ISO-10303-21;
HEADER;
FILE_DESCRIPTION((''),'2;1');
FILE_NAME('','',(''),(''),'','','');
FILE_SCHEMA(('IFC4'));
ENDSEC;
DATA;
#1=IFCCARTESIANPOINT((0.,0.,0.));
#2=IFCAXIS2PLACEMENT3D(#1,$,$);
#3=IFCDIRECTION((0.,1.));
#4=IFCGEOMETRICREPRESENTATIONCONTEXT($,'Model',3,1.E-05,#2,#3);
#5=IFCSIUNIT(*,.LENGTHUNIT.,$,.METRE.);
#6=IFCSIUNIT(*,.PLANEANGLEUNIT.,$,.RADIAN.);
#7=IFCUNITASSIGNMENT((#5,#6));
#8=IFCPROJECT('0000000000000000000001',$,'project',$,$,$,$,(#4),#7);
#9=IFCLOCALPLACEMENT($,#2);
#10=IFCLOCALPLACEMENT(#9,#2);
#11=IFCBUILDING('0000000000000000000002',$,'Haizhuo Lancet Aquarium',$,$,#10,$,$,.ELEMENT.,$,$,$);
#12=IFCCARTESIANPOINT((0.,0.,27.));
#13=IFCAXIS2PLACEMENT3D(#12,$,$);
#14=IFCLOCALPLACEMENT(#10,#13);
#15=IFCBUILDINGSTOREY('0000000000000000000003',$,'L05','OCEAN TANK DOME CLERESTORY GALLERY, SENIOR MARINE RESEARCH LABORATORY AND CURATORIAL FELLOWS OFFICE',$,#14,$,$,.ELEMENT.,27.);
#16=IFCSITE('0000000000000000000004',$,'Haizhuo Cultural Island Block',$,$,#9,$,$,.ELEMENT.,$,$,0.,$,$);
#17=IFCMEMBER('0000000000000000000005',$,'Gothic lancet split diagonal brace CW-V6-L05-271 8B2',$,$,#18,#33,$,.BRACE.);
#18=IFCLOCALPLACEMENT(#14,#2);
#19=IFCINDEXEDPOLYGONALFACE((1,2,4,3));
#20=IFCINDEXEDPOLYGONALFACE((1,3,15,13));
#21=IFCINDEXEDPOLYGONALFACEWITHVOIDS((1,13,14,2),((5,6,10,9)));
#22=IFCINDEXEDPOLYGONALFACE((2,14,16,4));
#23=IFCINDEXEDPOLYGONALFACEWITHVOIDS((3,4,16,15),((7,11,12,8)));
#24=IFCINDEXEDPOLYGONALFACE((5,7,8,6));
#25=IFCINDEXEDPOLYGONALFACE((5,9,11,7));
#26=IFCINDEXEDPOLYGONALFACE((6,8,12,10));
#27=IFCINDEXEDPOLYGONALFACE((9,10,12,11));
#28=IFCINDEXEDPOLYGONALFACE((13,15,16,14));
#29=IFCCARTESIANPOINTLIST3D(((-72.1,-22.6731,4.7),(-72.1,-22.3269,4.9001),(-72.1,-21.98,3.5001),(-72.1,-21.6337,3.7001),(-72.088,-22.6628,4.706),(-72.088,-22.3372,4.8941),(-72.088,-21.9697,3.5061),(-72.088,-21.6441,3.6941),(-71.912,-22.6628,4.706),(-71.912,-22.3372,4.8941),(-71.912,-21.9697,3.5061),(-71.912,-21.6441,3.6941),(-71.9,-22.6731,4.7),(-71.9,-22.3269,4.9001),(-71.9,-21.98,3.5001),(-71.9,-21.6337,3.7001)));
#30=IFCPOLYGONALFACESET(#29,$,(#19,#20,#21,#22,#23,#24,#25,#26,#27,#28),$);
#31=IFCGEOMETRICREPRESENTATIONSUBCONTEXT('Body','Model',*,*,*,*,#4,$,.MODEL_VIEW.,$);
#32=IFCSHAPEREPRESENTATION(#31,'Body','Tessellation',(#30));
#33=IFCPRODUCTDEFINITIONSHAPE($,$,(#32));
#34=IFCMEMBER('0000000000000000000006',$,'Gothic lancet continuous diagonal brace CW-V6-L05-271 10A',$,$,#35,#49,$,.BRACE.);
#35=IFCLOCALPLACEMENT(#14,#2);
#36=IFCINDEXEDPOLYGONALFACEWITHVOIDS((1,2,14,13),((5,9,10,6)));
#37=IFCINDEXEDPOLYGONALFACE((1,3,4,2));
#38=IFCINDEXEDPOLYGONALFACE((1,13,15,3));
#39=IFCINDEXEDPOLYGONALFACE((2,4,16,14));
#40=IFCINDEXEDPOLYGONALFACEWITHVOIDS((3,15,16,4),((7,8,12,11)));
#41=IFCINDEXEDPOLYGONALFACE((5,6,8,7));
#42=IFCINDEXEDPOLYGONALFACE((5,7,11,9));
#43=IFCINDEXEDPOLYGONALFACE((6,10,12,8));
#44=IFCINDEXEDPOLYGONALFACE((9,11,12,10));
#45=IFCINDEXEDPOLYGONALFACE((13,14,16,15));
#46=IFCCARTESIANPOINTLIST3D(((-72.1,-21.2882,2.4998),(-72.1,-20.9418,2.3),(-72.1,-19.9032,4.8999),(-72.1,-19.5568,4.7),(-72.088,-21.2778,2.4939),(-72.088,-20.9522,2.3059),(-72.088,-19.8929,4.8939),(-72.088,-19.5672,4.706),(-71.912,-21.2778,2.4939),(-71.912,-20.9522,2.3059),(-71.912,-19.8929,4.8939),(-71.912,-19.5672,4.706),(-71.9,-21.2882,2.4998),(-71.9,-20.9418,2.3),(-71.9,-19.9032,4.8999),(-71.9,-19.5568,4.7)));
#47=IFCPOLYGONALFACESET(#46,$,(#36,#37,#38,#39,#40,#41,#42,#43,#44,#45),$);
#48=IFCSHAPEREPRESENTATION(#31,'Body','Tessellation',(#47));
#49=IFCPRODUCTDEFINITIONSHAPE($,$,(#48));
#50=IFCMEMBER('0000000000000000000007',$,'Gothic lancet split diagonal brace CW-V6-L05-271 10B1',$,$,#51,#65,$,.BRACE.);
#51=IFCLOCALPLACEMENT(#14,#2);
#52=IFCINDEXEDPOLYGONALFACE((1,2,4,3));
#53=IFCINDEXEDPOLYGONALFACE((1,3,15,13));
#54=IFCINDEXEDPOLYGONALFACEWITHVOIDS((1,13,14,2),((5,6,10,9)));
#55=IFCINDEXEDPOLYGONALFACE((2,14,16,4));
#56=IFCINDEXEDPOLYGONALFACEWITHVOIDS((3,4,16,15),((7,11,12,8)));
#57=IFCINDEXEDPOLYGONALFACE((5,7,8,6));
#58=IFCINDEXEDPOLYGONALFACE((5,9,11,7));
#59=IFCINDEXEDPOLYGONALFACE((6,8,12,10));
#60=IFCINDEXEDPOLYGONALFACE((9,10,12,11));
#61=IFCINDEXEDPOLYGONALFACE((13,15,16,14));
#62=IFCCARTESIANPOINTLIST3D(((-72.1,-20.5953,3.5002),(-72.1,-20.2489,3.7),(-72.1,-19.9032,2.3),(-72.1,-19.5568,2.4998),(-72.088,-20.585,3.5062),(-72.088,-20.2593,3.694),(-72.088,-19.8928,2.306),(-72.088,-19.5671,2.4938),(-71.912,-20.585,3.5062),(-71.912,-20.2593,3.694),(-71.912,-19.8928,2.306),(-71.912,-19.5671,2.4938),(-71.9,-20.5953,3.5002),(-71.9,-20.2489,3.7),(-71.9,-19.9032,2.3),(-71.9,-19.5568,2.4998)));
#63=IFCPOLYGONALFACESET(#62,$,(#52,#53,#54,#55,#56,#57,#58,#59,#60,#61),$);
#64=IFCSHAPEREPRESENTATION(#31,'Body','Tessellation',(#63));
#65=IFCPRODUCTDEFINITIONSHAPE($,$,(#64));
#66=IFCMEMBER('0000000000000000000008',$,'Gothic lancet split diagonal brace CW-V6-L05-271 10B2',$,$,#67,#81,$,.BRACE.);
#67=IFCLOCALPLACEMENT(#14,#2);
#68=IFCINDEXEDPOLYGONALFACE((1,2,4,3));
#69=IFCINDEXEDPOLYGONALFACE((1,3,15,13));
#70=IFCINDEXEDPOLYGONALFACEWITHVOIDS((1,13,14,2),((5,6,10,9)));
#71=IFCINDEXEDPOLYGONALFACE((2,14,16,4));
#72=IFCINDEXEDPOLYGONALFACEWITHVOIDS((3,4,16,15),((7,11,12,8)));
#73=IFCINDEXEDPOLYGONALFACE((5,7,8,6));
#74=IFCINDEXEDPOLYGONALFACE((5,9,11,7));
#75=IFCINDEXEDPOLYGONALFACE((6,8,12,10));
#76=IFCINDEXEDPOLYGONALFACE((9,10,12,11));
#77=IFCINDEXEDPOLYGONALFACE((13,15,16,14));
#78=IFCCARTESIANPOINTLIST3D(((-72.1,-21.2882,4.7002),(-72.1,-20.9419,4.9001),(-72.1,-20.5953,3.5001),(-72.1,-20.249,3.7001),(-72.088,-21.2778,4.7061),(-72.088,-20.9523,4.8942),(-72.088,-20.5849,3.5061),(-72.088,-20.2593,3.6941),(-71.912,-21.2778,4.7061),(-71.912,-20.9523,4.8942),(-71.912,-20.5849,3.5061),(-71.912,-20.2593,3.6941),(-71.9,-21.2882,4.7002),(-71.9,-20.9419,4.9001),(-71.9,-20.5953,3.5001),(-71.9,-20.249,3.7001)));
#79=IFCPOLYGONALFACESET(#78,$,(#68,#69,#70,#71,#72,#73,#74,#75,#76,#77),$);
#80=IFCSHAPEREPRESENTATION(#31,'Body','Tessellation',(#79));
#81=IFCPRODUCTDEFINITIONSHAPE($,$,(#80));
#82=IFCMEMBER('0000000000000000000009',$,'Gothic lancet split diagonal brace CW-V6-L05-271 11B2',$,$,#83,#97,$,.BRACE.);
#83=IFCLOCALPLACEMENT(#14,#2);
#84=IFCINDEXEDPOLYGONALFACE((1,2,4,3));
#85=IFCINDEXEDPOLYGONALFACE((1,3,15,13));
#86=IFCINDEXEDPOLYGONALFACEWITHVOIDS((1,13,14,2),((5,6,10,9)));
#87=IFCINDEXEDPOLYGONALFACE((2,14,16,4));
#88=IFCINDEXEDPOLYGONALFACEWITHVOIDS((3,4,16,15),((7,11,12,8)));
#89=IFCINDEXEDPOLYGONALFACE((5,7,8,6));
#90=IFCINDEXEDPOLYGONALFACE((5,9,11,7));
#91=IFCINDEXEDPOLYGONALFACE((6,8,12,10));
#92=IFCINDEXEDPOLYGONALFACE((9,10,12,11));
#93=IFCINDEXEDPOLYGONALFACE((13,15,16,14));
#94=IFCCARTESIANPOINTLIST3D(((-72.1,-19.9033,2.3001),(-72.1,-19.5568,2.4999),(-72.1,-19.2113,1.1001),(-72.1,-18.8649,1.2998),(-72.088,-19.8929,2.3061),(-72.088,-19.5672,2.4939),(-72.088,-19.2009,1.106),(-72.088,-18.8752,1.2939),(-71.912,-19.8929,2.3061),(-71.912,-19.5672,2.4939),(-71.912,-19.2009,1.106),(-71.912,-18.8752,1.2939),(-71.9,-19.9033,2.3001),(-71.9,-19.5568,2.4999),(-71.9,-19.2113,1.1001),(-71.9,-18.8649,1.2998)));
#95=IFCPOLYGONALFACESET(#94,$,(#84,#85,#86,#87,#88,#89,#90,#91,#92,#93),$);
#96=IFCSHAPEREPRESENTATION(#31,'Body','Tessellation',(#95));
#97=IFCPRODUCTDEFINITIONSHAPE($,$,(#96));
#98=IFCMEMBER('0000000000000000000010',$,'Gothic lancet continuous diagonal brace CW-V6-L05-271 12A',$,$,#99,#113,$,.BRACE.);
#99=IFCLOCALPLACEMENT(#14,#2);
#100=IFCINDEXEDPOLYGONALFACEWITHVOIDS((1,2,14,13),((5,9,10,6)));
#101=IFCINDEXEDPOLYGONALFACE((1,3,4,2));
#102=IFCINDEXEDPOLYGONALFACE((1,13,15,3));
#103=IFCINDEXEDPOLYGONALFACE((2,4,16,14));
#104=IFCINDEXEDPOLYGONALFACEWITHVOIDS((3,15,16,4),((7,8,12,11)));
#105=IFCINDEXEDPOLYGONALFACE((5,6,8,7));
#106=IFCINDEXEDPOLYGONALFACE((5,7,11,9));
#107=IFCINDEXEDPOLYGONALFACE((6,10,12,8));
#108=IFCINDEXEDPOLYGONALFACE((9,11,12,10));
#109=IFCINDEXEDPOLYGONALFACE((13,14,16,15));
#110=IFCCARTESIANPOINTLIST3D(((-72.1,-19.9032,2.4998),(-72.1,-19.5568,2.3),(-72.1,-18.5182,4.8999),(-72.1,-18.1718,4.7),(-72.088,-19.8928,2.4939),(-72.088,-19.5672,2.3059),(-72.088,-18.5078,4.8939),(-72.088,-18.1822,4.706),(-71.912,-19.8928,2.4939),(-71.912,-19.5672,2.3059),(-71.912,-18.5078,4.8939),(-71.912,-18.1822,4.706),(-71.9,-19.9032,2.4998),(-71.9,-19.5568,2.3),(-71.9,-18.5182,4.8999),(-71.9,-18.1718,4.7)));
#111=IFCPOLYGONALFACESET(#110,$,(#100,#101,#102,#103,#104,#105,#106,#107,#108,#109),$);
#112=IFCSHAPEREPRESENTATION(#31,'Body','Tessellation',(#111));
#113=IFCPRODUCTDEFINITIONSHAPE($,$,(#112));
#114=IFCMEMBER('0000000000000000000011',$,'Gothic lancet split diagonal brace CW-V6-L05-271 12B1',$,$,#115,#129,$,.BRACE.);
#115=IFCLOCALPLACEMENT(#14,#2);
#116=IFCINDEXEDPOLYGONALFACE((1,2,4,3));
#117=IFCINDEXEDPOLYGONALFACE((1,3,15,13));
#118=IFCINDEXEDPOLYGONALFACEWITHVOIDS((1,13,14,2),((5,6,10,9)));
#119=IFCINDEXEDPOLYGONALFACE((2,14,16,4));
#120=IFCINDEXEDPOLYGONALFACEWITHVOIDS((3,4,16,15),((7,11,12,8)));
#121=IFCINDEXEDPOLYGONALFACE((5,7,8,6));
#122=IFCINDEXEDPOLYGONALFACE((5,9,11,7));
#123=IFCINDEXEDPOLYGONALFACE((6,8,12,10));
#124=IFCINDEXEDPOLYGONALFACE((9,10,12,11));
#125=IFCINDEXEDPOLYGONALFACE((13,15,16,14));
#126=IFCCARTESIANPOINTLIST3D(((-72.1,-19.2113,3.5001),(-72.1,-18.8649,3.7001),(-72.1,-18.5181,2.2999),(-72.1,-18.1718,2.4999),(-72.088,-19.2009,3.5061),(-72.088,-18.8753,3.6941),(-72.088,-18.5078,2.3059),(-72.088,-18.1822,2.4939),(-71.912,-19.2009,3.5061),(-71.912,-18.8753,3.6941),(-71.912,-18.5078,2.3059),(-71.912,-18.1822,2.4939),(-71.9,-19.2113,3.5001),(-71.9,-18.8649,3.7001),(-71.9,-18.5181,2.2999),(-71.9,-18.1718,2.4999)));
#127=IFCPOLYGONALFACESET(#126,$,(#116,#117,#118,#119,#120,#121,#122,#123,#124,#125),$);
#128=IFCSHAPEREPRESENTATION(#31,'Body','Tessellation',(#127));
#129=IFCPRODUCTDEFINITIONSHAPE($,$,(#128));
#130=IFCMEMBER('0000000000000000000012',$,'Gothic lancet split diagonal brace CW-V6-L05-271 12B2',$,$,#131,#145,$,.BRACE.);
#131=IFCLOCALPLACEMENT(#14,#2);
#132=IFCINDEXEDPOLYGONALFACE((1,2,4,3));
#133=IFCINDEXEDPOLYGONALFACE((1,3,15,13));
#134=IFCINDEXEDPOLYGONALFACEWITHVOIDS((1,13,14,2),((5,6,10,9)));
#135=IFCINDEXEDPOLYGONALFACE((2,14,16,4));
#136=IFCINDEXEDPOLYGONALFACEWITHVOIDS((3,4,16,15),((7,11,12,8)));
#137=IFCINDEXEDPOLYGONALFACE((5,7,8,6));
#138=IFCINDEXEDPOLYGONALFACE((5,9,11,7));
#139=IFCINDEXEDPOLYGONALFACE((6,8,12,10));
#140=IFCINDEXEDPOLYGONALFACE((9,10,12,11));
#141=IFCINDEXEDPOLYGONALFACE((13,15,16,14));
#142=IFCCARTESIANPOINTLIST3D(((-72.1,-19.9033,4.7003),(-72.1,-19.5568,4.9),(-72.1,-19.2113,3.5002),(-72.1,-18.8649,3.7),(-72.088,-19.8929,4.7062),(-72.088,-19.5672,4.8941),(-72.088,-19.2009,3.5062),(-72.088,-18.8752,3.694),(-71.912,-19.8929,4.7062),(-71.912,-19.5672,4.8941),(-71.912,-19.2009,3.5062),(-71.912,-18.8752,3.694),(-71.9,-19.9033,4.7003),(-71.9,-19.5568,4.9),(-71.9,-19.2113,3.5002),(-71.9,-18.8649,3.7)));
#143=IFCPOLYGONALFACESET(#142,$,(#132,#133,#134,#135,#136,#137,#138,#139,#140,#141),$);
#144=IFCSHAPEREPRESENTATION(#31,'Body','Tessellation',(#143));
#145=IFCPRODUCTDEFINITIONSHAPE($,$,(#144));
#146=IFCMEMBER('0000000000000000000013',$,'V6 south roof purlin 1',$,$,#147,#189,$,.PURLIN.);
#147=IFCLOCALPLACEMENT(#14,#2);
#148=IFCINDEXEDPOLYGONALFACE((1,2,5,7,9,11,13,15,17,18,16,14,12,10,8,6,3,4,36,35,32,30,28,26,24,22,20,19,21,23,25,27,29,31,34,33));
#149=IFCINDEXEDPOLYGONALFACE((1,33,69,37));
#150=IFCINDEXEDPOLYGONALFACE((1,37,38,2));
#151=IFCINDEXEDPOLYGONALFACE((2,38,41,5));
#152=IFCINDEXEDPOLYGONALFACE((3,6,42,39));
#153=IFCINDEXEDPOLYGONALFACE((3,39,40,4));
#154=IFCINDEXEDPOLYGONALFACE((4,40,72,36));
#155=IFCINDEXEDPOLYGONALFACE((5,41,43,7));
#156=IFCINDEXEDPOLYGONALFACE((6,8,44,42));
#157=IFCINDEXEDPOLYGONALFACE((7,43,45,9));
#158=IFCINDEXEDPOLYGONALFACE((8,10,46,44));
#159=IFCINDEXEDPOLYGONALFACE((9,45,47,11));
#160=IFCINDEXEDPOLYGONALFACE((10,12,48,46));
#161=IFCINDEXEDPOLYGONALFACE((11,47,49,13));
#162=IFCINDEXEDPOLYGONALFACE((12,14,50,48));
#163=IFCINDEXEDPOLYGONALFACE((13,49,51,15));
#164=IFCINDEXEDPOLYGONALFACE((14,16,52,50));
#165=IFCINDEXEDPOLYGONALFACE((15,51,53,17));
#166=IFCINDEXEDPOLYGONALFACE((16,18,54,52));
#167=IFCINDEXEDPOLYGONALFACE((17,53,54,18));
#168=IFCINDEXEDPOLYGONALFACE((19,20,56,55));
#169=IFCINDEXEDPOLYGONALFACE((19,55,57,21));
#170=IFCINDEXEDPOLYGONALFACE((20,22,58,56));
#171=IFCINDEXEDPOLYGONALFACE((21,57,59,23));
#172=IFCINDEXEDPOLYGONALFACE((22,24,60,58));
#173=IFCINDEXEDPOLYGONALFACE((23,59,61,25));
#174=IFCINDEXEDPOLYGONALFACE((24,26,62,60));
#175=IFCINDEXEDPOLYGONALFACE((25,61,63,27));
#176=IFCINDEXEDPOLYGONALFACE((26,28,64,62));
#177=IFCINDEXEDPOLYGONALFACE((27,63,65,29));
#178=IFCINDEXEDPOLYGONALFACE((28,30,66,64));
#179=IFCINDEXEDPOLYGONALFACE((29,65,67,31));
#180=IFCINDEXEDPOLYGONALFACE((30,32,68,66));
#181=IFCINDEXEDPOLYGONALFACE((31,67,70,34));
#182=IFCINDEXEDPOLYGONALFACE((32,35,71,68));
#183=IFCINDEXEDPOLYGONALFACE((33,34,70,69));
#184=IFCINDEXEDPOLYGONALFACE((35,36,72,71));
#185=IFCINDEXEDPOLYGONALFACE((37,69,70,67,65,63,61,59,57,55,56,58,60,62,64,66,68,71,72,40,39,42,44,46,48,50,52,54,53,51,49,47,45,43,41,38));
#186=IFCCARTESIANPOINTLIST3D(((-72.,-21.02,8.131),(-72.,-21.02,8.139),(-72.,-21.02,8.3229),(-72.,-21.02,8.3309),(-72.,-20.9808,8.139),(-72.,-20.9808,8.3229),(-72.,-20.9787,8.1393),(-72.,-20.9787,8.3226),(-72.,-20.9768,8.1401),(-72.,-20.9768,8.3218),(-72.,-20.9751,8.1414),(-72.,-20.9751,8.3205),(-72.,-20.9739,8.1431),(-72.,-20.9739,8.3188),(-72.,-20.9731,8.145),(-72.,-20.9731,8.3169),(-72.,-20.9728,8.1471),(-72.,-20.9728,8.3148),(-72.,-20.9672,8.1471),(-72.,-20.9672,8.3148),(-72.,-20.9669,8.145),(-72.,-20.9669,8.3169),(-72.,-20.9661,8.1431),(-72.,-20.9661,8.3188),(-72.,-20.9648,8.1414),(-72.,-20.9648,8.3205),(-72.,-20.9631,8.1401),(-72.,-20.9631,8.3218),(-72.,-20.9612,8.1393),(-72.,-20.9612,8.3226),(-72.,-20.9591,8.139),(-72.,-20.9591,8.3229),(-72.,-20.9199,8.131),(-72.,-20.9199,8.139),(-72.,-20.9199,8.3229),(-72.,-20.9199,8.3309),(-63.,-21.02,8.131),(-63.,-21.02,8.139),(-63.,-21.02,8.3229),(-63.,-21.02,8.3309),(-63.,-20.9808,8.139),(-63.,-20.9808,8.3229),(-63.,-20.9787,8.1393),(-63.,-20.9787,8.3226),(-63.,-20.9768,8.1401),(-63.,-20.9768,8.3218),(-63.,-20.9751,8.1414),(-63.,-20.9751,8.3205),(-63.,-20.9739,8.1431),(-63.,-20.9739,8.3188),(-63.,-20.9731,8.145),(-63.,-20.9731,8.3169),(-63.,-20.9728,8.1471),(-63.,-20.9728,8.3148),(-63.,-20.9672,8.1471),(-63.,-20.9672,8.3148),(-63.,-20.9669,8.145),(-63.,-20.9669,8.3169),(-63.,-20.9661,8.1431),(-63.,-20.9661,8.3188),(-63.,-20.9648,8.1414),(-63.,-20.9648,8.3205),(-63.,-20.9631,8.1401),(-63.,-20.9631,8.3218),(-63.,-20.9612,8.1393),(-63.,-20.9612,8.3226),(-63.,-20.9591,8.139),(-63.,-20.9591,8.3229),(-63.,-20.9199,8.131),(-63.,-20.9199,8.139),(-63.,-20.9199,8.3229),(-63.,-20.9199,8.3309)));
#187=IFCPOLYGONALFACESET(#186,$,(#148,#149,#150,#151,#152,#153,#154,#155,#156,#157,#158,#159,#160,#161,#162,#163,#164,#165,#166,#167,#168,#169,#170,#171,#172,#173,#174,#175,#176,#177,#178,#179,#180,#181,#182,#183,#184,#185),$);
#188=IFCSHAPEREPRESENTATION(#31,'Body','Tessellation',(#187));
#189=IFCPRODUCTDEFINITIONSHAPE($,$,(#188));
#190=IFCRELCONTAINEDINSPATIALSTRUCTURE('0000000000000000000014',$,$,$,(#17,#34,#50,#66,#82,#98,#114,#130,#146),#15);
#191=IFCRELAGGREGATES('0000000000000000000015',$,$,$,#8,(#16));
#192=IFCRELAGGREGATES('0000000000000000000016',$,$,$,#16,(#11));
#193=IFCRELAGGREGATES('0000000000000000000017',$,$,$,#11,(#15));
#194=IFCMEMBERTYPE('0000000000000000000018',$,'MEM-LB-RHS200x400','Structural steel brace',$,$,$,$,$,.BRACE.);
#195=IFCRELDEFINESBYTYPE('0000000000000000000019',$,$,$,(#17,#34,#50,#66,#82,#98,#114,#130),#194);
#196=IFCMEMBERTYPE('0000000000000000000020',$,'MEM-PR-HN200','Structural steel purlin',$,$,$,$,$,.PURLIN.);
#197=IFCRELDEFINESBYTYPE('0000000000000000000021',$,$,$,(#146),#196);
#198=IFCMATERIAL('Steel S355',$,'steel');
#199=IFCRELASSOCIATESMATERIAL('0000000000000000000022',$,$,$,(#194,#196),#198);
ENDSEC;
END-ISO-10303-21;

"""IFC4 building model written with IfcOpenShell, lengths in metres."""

from ifc_helpers import new_model, si_unit, direction, frame, origin, origin_2d, place, context, subcontext, project, spatial, hollow_rectangle, i_section, extrude, material, material_profile, profile_set, type_object, element, save


model = new_model("IFC4")

# Units and contexts
model_context = context("Model", 3, precision=1e-05, world=origin(), true_north=direction((0.0, 1.0)))
body_context = subcontext(model_context, "Body", "Model", "MODEL_VIEW")
ifc_project = project(units=[si_unit("LENGTHUNIT", "METRE"), si_unit("PLANEANGLEUNIT", "RADIAN")], contexts=[model_context])

# Site, building, storey
site_placement = place(None, origin())
site = spatial("IfcSite", under=ifc_project, at=site_placement, Name="Haizhuo Cultural Island Block", CompositionType="ELEMENT", RefElevation=0.0)
building_placement = place(site_placement, origin())
building = spatial("IfcBuilding", under=site, at=building_placement, Name="Haizhuo Lancet Aquarium", CompositionType="ELEMENT")
storey_placement = place(building_placement, frame((0.0, 0.0, 27.0)))
storey = spatial("IfcBuildingStorey", under=building, at=storey_placement, Name="L05", Description="OCEAN TANK DOME CLERESTORY GALLERY, SENIOR MARINE RESEARCH LABORATORY AND CURATORIAL FELLOWS OFFICE", CompositionType="ELEMENT", Elevation=27.0)

# Members
ifc_material_1 = material(Name="Steel S355", Category="steel")
ifc_material_profile_1 = material_profile(ifc_material_1, hollow_rectangle(XDim=0.2, YDim=0.3999, WallThickness=0.012, at=origin_2d()), Name="RHS 200x400x12")
ifc_profile_set_1 = profile_set([ifc_material_profile_1], Name="Steel S355")
member_type_1 = type_object("IfcMemberType", Name="MEM-LB-RHS200x400", Description="Structural steel brace", PredefinedType="BRACE", material=ifc_profile_set_1)
member_1_placement = place(storey_placement, frame((-72.0, -21.8069, 3.6001), z_axis=(0.0, -0.500175, 0.865924), x_axis=(1.0, 0.0, 0.0)))
element("IfcMember", 1, at=member_1_placement, inside=storey, type_object=member_type_1, Name="Gothic lancet split diagonal brace CW-V6-L05-271 8B2", PredefinedType="BRACE", context=body_context, shape_type="SweptSolid", body=[
    extrude(hollow_rectangle(XDim=0.2, YDim=0.3999, WallThickness=0.012, at=origin_2d()), origin(), (0.0, 0.0, 1.0), 1.3857),
])
member_2_placement = place(storey_placement, frame((-72.0, -21.115, 2.3999), z_axis=(0.0, 0.499806, 0.866137), x_axis=(-1.0, 0.0, 0.0)))
element("IfcMember", 2, at=member_2_placement, inside=storey, type_object=member_type_1, Name="Gothic lancet continuous diagonal brace CW-V6-L05-271 10A", PredefinedType="BRACE", context=body_context, shape_type="SweptSolid", body=[
    extrude(hollow_rectangle(XDim=0.2, YDim=0.3999, WallThickness=0.012, at=origin_2d()), origin(), (0.0, 0.0, 1.0), 2.771),
])
member_3_placement = place(storey_placement, frame((-72.0, -19.73, 2.3999), z_axis=(0.0, -0.49957, 0.866274), x_axis=(1.0, 0.0, 0.0)))
element("IfcMember", 3, at=member_3_placement, inside=storey, type_object=member_type_1, Name="Gothic lancet split diagonal brace CW-V6-L05-271 10B1", PredefinedType="BRACE", context=body_context, shape_type="SweptSolid", body=[
    extrude(hollow_rectangle(XDim=0.2, YDim=0.3999, WallThickness=0.012, at=origin_2d()), origin(), (0.0, 0.0, 1.0), 1.3855),
])
member_4_placement = place(storey_placement, frame((-72.0, -20.4221, 3.6001), z_axis=(0.0, -0.500043, 0.866001), x_axis=(1.0, 0.0, 0.0)))
element("IfcMember", 4, at=member_4_placement, inside=storey, type_object=member_type_1, Name="Gothic lancet split diagonal brace CW-V6-L05-271 10B2", PredefinedType="BRACE", context=body_context, shape_type="SweptSolid", body=[
    extrude(hollow_rectangle(XDim=0.2, YDim=0.3999, WallThickness=0.012, at=origin_2d()), origin(), (0.0, 0.0, 1.0), 1.3857),
])
member_5_placement = place(storey_placement, frame((-72.0, -19.0381, 1.2), z_axis=(0.0, -0.499514, 0.866306), x_axis=(1.0, 0.0, 0.0)))
element("IfcMember", 5, at=member_5_placement, inside=storey, type_object=member_type_1, Name="Gothic lancet split diagonal brace CW-V6-L05-271 11B2", PredefinedType="BRACE", context=body_context, shape_type="SweptSolid", body=[
    extrude(hollow_rectangle(XDim=0.2, YDim=0.3999, WallThickness=0.012, at=origin_2d()), origin(), (0.0, 0.0, 1.0), 1.3853),
])
member_6_placement = place(storey_placement, frame((-72.0, -19.73, 2.3999), z_axis=(0.0, 0.499806, 0.866137), x_axis=(-1.0, 0.0, 0.0)))
element("IfcMember", 6, at=member_6_placement, inside=storey, type_object=member_type_1, Name="Gothic lancet continuous diagonal brace CW-V6-L05-271 12A", PredefinedType="BRACE", context=body_context, shape_type="SweptSolid", body=[
    extrude(hollow_rectangle(XDim=0.2, YDim=0.3999, WallThickness=0.012, at=origin_2d()), origin(), (0.0, 0.0, 1.0), 2.771),
])
member_7_placement = place(storey_placement, frame((-72.0, -18.345, 2.3999), z_axis=(0.0, -0.500099, 0.865968), x_axis=(1.0, 0.0, 0.0)))
element("IfcMember", 7, at=member_7_placement, inside=storey, type_object=member_type_1, Name="Gothic lancet split diagonal brace CW-V6-L05-271 12B1", PredefinedType="BRACE", context=body_context, shape_type="SweptSolid", body=[
    extrude(hollow_rectangle(XDim=0.2, YDim=0.3999, WallThickness=0.012, at=origin_2d()), origin(), (0.0, 0.0, 1.0), 1.386),
])
member_8_placement = place(storey_placement, frame((-72.0, -19.0381, 3.6001), z_axis=(0.0, -0.499514, 0.866306), x_axis=(1.0, 0.0, 0.0)))
element("IfcMember", 8, at=member_8_placement, inside=storey, type_object=member_type_1, Name="Gothic lancet split diagonal brace CW-V6-L05-271 12B2", PredefinedType="BRACE", context=body_context, shape_type="SweptSolid", body=[
    extrude(hollow_rectangle(XDim=0.2, YDim=0.3999, WallThickness=0.012, at=origin_2d()), origin(), (0.0, 0.0, 1.0), 1.3853),
])
ifc_material_profile_2 = material_profile(ifc_material_1, i_section(OverallWidth=0.1001, OverallDepth=0.2, WebThickness=0.0056, FlangeThickness=0.0081, FilletRadius=0.0081, at=origin_2d()), Name="HN 200x100x5.5x8")
ifc_profile_set_2 = profile_set([ifc_material_profile_2], Name="Steel S355")
member_type_2 = type_object("IfcMemberType", Name="MEM-PR-HN200", Description="Structural steel purlin", PredefinedType="PURLIN", material=ifc_profile_set_2)
member_9_placement = place(storey_placement, frame((-72.0, -20.97, 8.231), z_axis=(1.0, 0.0, 0.0), x_axis=(0.0, 1.0, 0.0)))
element("IfcMember", 9, at=member_9_placement, inside=storey, type_object=member_type_2, Name="V6 south roof purlin 1", PredefinedType="PURLIN", context=body_context, shape_type="SweptSolid", body=[
    extrude(i_section(OverallWidth=0.1001, OverallDepth=0.2, WebThickness=0.0056, FlangeThickness=0.0081, FilletRadius=0.0081, at=origin_2d()), origin(), (0.0, 0.0, 1.0), 9.0),
])

save(model, "model.ifc")
